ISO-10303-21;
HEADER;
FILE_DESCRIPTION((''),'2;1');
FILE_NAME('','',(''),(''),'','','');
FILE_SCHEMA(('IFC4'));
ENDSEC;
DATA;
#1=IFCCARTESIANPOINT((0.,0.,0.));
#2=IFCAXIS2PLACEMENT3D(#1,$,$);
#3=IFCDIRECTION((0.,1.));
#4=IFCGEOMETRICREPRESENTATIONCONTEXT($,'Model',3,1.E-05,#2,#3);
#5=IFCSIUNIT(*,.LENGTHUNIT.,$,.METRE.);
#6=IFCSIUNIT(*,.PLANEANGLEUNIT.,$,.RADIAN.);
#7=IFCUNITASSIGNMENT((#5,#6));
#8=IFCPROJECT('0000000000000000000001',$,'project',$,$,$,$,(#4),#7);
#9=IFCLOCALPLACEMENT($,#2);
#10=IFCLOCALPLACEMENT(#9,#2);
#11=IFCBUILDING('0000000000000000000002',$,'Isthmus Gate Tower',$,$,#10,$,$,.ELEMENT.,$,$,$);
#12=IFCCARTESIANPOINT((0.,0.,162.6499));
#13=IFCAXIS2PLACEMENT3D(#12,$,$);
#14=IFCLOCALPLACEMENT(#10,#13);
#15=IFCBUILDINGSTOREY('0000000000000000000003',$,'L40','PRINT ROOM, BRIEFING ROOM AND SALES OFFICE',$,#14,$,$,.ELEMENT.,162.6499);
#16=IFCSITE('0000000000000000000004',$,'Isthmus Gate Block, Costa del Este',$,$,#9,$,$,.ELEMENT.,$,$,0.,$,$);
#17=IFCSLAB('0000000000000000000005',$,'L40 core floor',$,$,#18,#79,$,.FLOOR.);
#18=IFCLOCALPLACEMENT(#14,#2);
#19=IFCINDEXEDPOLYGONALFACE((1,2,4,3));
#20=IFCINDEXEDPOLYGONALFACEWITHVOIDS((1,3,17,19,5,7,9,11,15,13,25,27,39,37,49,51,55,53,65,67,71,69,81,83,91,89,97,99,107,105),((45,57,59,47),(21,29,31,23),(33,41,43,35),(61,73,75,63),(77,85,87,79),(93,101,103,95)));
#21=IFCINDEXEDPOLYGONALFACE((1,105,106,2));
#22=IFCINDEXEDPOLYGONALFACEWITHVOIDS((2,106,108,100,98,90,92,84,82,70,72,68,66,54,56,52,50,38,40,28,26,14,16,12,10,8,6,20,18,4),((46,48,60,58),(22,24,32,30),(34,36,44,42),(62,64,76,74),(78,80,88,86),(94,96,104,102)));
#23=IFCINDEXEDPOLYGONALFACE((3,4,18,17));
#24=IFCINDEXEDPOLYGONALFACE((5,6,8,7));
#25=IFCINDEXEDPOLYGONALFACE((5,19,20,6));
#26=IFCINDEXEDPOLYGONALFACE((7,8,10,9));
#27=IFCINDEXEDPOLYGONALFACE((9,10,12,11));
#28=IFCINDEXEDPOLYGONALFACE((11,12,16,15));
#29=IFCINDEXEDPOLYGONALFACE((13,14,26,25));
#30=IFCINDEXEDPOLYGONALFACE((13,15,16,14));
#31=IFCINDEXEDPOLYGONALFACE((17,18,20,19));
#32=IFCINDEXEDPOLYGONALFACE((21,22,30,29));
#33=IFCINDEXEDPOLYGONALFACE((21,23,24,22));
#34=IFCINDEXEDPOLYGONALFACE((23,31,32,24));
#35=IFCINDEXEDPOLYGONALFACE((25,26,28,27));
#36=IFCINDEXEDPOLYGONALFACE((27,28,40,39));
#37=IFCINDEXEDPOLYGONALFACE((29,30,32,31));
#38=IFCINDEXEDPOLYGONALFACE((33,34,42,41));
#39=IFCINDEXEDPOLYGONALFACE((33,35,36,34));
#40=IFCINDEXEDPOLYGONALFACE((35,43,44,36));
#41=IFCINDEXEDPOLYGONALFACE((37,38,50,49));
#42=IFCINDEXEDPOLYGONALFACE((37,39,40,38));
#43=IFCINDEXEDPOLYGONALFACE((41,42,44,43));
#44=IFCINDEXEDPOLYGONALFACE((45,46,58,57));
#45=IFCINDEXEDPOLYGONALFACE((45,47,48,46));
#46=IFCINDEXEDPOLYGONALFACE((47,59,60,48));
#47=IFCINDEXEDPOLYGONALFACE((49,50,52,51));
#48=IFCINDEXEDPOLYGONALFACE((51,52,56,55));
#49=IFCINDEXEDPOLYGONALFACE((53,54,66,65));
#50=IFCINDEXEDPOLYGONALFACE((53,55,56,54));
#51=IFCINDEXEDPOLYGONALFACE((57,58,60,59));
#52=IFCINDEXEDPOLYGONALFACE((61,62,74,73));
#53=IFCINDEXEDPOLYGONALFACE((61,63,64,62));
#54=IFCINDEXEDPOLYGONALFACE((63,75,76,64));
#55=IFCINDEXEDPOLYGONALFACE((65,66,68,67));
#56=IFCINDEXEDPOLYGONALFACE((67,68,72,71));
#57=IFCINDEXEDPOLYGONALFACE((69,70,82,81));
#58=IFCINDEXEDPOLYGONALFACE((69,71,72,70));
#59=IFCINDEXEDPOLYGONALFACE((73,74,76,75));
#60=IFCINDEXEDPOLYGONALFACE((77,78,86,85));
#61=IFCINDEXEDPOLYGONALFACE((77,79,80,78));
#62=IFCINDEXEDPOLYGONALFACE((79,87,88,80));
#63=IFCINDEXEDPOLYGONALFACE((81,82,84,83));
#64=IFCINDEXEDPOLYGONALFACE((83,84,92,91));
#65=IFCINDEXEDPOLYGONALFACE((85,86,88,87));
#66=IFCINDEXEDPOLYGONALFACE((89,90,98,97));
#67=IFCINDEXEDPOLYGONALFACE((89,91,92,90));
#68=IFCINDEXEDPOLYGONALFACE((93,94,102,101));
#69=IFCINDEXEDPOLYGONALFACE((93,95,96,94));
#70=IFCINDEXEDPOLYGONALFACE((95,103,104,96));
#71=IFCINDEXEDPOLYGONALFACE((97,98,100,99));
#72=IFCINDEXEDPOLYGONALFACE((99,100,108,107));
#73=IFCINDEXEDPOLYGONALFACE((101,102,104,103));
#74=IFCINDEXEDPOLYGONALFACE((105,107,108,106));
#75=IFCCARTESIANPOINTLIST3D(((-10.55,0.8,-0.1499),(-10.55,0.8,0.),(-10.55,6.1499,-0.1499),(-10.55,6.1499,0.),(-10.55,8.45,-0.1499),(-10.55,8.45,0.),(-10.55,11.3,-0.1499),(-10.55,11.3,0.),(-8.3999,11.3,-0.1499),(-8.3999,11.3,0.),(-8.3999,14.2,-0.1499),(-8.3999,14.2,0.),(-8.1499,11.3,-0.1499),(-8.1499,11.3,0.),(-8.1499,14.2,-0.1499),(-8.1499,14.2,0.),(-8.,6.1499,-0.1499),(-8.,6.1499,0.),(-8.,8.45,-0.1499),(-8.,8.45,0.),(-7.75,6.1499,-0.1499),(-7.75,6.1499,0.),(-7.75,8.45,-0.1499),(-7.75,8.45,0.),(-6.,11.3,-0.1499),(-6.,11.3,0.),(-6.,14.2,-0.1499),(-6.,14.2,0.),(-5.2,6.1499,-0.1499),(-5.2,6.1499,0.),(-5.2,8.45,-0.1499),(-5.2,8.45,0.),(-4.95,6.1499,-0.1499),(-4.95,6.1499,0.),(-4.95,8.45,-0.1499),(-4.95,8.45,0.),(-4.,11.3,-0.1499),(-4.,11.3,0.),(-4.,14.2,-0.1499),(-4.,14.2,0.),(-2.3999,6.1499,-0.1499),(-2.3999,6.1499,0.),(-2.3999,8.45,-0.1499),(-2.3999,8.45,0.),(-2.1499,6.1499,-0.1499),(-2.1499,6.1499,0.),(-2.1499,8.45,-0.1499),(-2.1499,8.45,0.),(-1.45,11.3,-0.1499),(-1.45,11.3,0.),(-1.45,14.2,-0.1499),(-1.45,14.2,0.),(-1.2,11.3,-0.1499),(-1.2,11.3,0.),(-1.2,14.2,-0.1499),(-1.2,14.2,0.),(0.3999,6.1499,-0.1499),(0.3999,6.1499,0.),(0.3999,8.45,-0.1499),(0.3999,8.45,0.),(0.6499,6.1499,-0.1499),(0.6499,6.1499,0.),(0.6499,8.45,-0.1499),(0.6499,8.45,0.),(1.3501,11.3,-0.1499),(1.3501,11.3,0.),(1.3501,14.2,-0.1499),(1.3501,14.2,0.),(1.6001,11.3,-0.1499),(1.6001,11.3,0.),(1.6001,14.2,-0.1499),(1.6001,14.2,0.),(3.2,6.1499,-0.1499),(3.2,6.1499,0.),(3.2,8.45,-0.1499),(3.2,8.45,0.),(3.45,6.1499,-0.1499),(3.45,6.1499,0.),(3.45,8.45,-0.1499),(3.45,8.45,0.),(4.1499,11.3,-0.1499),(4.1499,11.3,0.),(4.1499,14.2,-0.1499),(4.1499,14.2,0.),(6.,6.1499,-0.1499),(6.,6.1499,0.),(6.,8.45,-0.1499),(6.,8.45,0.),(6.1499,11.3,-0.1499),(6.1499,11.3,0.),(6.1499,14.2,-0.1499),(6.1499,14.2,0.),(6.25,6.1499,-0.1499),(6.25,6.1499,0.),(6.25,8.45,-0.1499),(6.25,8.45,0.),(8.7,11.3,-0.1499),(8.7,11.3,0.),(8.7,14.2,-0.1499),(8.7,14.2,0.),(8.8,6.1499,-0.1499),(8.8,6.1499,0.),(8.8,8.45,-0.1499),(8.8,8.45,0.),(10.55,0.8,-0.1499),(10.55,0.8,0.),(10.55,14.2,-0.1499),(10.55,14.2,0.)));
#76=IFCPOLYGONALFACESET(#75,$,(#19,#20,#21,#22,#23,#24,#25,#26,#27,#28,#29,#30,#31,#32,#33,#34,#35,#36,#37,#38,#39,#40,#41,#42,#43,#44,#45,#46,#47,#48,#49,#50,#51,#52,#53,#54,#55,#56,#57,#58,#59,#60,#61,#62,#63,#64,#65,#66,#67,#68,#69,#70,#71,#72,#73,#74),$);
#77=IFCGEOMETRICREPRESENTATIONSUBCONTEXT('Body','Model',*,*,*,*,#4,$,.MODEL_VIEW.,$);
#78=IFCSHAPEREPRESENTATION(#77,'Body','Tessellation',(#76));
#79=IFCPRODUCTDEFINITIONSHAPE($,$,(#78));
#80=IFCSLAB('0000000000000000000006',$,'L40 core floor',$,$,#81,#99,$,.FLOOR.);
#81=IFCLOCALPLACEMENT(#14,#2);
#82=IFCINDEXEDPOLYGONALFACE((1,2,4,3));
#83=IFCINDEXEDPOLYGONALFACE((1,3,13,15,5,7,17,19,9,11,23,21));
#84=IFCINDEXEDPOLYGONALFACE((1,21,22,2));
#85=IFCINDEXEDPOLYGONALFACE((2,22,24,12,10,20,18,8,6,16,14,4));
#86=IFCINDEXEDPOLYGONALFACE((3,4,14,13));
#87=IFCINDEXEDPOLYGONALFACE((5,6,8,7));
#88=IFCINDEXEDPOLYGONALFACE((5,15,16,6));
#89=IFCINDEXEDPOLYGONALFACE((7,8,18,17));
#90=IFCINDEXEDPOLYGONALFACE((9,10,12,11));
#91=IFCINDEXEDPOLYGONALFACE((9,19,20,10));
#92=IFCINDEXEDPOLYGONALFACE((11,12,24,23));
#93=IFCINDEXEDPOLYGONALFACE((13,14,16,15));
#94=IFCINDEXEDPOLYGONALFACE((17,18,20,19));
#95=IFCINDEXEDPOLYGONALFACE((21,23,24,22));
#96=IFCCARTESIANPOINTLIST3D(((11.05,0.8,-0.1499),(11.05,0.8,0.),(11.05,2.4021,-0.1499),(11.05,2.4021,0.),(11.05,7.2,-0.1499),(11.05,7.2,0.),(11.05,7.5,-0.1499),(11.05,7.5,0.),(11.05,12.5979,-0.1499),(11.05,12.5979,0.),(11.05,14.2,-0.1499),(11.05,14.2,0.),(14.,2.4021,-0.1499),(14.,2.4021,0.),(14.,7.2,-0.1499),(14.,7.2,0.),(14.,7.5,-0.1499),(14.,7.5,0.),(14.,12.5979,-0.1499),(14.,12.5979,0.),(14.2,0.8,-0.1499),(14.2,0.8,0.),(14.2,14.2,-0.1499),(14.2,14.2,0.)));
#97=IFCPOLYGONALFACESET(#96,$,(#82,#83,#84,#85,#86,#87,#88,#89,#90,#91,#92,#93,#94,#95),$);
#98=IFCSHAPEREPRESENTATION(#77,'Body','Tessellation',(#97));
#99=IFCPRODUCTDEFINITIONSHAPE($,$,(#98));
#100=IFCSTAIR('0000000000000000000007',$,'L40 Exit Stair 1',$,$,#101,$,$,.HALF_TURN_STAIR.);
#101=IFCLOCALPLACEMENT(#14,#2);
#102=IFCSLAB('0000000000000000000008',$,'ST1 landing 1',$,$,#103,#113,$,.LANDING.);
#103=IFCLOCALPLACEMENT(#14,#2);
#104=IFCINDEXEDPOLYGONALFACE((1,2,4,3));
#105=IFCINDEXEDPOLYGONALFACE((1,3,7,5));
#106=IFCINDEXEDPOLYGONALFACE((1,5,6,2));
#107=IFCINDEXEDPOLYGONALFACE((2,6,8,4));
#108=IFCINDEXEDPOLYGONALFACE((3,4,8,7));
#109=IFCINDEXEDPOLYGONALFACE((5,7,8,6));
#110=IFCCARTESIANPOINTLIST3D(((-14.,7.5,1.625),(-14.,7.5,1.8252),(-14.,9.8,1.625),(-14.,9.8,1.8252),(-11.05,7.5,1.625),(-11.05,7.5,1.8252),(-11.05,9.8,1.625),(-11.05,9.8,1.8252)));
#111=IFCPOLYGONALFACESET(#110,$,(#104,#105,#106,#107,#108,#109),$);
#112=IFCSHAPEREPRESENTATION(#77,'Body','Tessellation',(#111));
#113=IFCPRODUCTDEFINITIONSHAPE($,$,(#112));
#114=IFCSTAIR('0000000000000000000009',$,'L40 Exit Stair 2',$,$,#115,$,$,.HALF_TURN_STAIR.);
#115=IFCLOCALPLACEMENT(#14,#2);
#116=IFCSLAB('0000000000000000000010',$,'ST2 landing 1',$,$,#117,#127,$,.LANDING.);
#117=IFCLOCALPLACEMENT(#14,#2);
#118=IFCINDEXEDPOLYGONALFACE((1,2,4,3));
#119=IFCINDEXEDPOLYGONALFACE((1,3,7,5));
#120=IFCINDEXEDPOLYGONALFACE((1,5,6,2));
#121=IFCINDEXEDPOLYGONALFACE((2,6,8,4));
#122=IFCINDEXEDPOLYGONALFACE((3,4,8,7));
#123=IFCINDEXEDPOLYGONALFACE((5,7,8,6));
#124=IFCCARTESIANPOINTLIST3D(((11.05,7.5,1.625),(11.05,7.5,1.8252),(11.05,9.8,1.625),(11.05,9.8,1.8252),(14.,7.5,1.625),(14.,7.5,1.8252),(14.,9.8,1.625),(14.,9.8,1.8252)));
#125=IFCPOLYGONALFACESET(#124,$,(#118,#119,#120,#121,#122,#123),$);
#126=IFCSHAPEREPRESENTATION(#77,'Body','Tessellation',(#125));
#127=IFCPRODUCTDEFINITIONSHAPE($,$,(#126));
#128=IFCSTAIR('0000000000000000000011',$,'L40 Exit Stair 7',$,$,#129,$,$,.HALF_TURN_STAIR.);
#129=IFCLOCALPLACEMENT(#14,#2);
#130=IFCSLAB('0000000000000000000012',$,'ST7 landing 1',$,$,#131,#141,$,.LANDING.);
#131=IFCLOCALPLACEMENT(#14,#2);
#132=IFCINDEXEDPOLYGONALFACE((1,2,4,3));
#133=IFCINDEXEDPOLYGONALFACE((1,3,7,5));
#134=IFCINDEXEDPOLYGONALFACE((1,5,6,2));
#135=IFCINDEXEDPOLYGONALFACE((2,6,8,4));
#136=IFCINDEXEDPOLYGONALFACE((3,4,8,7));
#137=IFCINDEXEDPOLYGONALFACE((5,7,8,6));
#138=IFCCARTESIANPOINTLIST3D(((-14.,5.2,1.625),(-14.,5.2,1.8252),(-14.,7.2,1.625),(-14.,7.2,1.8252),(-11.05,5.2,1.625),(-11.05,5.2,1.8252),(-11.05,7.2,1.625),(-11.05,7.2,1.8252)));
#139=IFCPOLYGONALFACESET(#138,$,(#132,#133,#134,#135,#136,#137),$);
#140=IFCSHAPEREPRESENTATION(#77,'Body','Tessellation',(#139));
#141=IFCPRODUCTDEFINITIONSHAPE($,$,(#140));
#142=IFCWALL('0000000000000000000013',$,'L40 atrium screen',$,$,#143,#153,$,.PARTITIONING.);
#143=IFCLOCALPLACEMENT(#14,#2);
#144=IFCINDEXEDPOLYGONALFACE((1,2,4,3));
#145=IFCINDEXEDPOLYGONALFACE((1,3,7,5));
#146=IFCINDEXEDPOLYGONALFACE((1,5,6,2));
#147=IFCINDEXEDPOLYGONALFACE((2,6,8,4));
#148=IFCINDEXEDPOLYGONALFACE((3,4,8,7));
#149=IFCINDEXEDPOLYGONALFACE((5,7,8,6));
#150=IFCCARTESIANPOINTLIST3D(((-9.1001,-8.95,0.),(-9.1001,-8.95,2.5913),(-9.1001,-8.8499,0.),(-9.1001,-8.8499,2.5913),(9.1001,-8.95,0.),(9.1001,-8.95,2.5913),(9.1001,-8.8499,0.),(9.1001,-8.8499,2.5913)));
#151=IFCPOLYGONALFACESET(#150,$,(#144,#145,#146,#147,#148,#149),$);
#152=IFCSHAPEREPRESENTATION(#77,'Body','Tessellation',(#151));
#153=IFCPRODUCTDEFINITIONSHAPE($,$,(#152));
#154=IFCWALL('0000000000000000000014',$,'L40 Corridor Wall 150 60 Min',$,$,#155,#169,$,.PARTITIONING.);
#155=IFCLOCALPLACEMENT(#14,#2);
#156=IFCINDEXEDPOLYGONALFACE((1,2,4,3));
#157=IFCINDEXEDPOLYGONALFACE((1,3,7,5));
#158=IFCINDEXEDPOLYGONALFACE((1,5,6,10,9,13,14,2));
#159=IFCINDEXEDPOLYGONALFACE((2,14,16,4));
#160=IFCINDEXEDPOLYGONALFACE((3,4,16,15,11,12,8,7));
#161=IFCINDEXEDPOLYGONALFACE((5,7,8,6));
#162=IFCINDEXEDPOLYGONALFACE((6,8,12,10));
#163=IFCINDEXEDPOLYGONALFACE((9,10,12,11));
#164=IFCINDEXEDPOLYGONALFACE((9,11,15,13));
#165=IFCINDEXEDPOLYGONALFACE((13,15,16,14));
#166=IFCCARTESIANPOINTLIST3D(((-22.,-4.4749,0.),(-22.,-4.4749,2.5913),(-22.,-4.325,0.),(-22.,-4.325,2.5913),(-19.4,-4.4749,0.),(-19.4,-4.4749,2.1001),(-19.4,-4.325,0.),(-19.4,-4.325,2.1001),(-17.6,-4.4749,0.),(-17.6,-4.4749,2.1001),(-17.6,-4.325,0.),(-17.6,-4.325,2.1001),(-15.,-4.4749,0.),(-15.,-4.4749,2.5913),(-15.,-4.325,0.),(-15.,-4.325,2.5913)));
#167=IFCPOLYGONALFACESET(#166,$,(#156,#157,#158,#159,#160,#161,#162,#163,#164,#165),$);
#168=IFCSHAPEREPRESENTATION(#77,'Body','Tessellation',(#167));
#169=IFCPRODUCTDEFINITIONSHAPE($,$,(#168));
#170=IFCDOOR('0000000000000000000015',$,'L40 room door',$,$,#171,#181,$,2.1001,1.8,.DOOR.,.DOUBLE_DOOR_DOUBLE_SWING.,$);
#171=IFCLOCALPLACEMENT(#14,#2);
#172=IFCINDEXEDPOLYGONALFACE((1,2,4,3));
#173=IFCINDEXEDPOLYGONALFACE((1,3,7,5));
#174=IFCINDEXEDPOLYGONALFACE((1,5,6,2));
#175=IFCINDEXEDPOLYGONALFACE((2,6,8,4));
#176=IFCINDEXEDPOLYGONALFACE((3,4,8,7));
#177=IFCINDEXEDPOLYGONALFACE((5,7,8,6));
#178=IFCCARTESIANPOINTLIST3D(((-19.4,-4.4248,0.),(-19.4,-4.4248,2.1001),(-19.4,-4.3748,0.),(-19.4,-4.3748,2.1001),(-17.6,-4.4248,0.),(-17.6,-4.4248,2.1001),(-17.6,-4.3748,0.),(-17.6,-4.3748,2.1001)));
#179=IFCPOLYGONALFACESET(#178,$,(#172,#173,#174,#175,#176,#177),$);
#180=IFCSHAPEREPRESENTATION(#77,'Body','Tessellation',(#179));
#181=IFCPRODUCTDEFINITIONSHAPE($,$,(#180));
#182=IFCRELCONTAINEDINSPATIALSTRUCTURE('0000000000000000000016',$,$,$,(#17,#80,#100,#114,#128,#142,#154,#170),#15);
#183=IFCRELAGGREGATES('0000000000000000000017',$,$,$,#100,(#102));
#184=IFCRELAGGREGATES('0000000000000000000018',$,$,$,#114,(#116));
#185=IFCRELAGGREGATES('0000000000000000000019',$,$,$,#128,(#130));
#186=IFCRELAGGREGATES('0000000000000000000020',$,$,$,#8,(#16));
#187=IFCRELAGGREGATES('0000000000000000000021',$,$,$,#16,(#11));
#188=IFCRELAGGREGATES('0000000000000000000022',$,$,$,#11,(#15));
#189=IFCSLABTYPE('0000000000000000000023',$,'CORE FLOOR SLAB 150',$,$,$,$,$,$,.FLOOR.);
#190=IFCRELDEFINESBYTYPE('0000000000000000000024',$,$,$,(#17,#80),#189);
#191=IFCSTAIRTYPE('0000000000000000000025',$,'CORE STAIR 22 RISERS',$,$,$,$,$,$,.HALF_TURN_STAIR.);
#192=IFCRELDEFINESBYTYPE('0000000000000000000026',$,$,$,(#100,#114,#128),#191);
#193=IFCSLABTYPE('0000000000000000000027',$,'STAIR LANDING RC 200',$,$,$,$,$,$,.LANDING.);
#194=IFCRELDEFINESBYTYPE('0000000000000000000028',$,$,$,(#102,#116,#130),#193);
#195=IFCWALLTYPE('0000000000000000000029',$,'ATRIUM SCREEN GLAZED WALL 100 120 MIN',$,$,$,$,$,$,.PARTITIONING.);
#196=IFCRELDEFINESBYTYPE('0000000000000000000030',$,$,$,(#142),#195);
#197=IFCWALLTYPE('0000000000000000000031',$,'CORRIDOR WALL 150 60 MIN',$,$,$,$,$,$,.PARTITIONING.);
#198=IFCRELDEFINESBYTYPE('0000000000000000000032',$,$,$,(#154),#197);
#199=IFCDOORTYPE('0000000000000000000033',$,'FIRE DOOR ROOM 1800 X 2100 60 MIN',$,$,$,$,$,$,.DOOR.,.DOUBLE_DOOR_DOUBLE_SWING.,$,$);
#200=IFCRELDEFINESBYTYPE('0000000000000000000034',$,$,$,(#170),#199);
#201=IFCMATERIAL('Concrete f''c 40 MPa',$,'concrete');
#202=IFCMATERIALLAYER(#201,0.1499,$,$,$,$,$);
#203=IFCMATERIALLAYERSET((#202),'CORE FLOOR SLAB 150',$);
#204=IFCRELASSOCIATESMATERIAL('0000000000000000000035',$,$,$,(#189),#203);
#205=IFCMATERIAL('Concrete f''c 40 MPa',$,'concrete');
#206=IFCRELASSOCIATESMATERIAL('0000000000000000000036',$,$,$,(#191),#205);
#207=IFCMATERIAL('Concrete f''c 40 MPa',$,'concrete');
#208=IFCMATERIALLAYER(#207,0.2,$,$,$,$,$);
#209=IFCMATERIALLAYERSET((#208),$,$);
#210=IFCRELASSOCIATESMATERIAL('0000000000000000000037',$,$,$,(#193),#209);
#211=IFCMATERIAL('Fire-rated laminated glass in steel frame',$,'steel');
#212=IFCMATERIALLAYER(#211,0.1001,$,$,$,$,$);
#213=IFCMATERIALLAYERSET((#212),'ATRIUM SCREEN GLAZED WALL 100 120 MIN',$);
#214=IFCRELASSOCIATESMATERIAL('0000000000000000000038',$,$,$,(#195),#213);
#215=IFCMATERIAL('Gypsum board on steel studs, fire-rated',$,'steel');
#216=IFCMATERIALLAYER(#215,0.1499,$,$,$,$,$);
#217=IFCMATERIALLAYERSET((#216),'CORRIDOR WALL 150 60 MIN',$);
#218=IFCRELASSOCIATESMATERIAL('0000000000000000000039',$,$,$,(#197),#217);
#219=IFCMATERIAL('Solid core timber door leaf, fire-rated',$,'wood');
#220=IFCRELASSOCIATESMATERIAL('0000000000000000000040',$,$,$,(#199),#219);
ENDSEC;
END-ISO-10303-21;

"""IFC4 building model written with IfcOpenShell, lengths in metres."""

from ifc_helpers import new_model, si_unit, direction, frame, frame_2d, origin, place, context, subcontext, project, spatial, polyline, rectangle, outline, extrude, material, layer, layer_set, type_object, element, fill, aggregate, save


model = new_model("IFC4")

# Units and contexts
model_context = context("Model", 3, precision=1e-05, world=origin(), true_north=direction((0.0, 1.0)))
body_context = subcontext(model_context, "Body", "Model", "MODEL_VIEW")
ifc_project = project(units=[si_unit("LENGTHUNIT", "METRE"), si_unit("PLANEANGLEUNIT", "RADIAN")], contexts=[model_context])

# Site, building, storey
site_placement = place(None, origin())
site = spatial("IfcSite", under=ifc_project, at=site_placement, Name="Isthmus Gate Block, Costa del Este", CompositionType="ELEMENT", RefElevation=0.0)
building_placement = place(site_placement, origin())
building = spatial("IfcBuilding", under=site, at=building_placement, Name="Isthmus Gate Tower", CompositionType="ELEMENT")
storey_placement = place(building_placement, frame((0.0, 0.0, 162.6499)))
storey = spatial("IfcBuildingStorey", under=building, at=storey_placement, Name="L40", Description="PRINT ROOM, BRIEFING ROOM AND SALES OFFICE", CompositionType="ELEMENT", Elevation=162.6499)

# Slabs
ifc_material_1 = material(Name="Concrete f'c 40 MPa", Category="concrete")
ifc_layer_1 = layer(ifc_material_1, 0.1499)
ifc_layer_set_1 = layer_set([ifc_layer_1], Name="CORE FLOOR SLAB 150")
slab_type_1 = type_object("IfcSlabType", Name="CORE FLOOR SLAB 150", PredefinedType="FLOOR", material=ifc_layer_set_1)
slab_1_placement = place(storey_placement, frame((0.0, 0.0, -0.1499)))
element("IfcSlab", 1, at=slab_1_placement, inside=storey, type_object=slab_type_1, Name="L40 core floor", PredefinedType="FLOOR", context=body_context, shape_type="SweptSolid", body=[
    extrude(outline(polyline([(10.55, 14.2), (8.7, 14.2), (8.7, 11.3), (6.1499, 11.3), (6.1499, 14.2), (4.1499, 14.2), (4.1499, 11.3), (1.6001, 11.3), (1.6001, 14.2), (1.3501, 14.2), (1.3501, 11.3), (-1.2, 11.3), (-1.2, 14.2), (-1.45, 14.2), (-1.45, 11.3), (-4.0, 11.3), (-4.0, 14.2), (-6.0, 14.2), (-6.0, 11.3), (-8.1499, 11.3), (-8.1499, 14.2), (-8.3999, 14.2), (-8.3999, 11.3), (-10.55, 11.3), (-10.55, 8.45), (-8.0, 8.45), (-8.0, 6.1499), (-10.55, 6.1499), (-10.55, 0.8), (10.55, 0.8), (10.55, 14.2)]), holes=[polyline([(-5.2, 8.45), (-5.2, 6.1499), (-7.75, 6.1499), (-7.75, 8.45), (-5.2, 8.45)]), polyline([(-2.3999, 8.45), (-2.3999, 6.1499), (-4.95, 6.1499), (-4.95, 8.45), (-2.3999, 8.45)]), polyline([(0.3999, 8.45), (0.3999, 6.1499), (-2.1499, 6.1499), (-2.1499, 8.45), (0.3999, 8.45)]), polyline([(3.2, 8.45), (3.2, 6.1499), (0.6499, 6.1499), (0.6499, 8.45), (3.2, 8.45)]), polyline([(6.0, 8.45), (6.0, 6.1499), (3.45, 6.1499), (3.45, 8.45), (6.0, 8.45)]), polyline([(8.8, 8.45), (8.8, 6.1499), (6.25, 6.1499), (6.25, 8.45), (8.8, 8.45)])]), origin(), (0.0, 0.0, 1.0), 0.1499),
])
slab_2_placement = place(storey_placement, frame((0.0, 0.0, -0.1499)))
element("IfcSlab", 2, at=slab_2_placement, inside=storey, type_object=slab_type_1, Name="L40 core floor", PredefinedType="FLOOR", context=body_context, shape_type="SweptSolid", body=[
    extrude(outline(polyline([(11.05, 14.2), (11.05, 12.5979), (14.0, 12.5979), (14.0, 7.5), (11.05, 7.5), (11.05, 7.2), (14.0, 7.2), (14.0, 2.4021), (11.05, 2.4021), (11.05, 0.8), (14.2, 0.8), (14.2, 14.2), (11.05, 14.2)])), origin(), (0.0, 0.0, 1.0), 0.1499),
])

# Stairs, slabs
ifc_material_2 = material(Name="Concrete f'c 40 MPa", Category="concrete")
stair_type = type_object("IfcStairType", Name="CORE STAIR 22 RISERS", PredefinedType="HALF_TURN_STAIR", material=ifc_material_2)
stair_1_placement = place(storey_placement, origin())
stair_1 = element("IfcStair", 3, at=stair_1_placement, inside=storey, type_object=stair_type, Name="L40 Exit Stair 1", PredefinedType="HALF_TURN_STAIR")
ifc_material_3 = material(Name="Concrete f'c 40 MPa", Category="concrete")
ifc_layer_2 = layer(ifc_material_3, 0.2)
ifc_layer_set_2 = layer_set([ifc_layer_2])
slab_type_2 = type_object("IfcSlabType", Name="STAIR LANDING RC 200", PredefinedType="LANDING", material=ifc_layer_set_2)
slab_3_placement = place(storey_placement, frame((0.0, 0.0, 1.625)))
slab_3 = element("IfcSlab", 4, at=slab_3_placement, type_object=slab_type_2, Name="ST1 landing 1", PredefinedType="LANDING", context=body_context, shape_type="SweptSolid", body=[
    extrude(outline(polyline([(-14.0, 9.8), (-14.0, 7.5), (-11.05, 7.5), (-11.05, 9.8), (-14.0, 9.8)])), origin(), (0.0, 0.0, 1.0), 0.2002),
])
aggregate(stair_1, [slab_3])
stair_2_placement = place(storey_placement, origin())
stair_2 = element("IfcStair", 5, at=stair_2_placement, inside=storey, type_object=stair_type, Name="L40 Exit Stair 2", PredefinedType="HALF_TURN_STAIR")
slab_4_placement = place(storey_placement, frame((0.0, 0.0, 1.625)))
slab_4 = element("IfcSlab", 6, at=slab_4_placement, type_object=slab_type_2, Name="ST2 landing 1", PredefinedType="LANDING", context=body_context, shape_type="SweptSolid", body=[
    extrude(outline(polyline([(11.05, 9.8), (11.05, 7.5), (14.0, 7.5), (14.0, 9.8), (11.05, 9.8)])), origin(), (0.0, 0.0, 1.0), 0.2002),
])
aggregate(stair_2, [slab_4])
stair_3_placement = place(storey_placement, origin())
stair_3 = element("IfcStair", 7, at=stair_3_placement, inside=storey, type_object=stair_type, Name="L40 Exit Stair 7", PredefinedType="HALF_TURN_STAIR")
slab_5_placement = place(storey_placement, frame((0.0, 0.0, 1.625)))
slab_5 = element("IfcSlab", 8, at=slab_5_placement, type_object=slab_type_2, Name="ST7 landing 1", PredefinedType="LANDING", context=body_context, shape_type="SweptSolid", body=[
    extrude(outline(polyline([(-11.05, 5.2), (-11.05, 7.2), (-14.0, 7.2), (-14.0, 5.2), (-11.05, 5.2)])), origin(), (0.0, 0.0, 1.0), 0.2002),
])
aggregate(stair_3, [slab_5])

# Wall
ifc_material_4 = material(Name="Fire-rated laminated glass in steel frame", Category="steel")
ifc_layer_3 = layer(ifc_material_4, 0.1001)
ifc_layer_set_3 = layer_set([ifc_layer_3], Name="ATRIUM SCREEN GLAZED WALL 100 120 MIN")
wall_type_1 = type_object("IfcWallType", Name="ATRIUM SCREEN GLAZED WALL 100 120 MIN", PredefinedType="PARTITIONING", material=ifc_layer_set_3)
wall_1_placement = place(storey_placement, frame((-9.1001, -8.8999, 0.0), z_axis=(0.0, 0.0, 1.0), x_axis=(1.0, 0.0, 0.0)))
element("IfcWall", 9, at=wall_1_placement, inside=storey, type_object=wall_type_1, Name="L40 atrium screen", PredefinedType="PARTITIONING", context=body_context, shape_type="SweptSolid", body=[
    extrude(rectangle(XDim=18.2002, YDim=0.1001, at=frame_2d((9.1001, 0.0))), origin(), (0.0, 0.0, 1.0), 2.5913),
])

# Wall, opening, door
ifc_material_5 = material(Name="Gypsum board on steel studs, fire-rated", Category="steel")
ifc_layer_4 = layer(ifc_material_5, 0.1499)
ifc_layer_set_4 = layer_set([ifc_layer_4], Name="CORRIDOR WALL 150 60 MIN")
wall_type_2 = type_object("IfcWallType", Name="CORRIDOR WALL 150 60 MIN", PredefinedType="PARTITIONING", material=ifc_layer_set_4)
wall_2_placement = place(storey_placement, frame((-15.0, -4.3999, 0.0), z_axis=(0.0, 0.0, 1.0), x_axis=(-1.0, 0.0, 0.0)))
wall_2 = element("IfcWall", 10, at=wall_2_placement, inside=storey, type_object=wall_type_2, Name="L40 Corridor Wall 150 60 Min", PredefinedType="PARTITIONING", context=body_context, shape_type="SweptSolid", body=[
    extrude(rectangle(XDim=7.0, YDim=0.1499, at=frame_2d((3.5, 0.0))), origin(), (0.0, 0.0, 1.0), 2.5913),
])
opening_1_placement = place(wall_2_placement, frame((2.6001, 0.0, 0.0)))
opening_1 = element("IfcOpeningElement", 11, at=opening_1_placement, cuts=wall_2, PredefinedType="OPENING", context=body_context, shape_type="SweptSolid", body=[
    extrude(rectangle(XDim=1.8, YDim=2.1001, at=frame_2d((0.8999, 1.05))), frame((0.0, 0.085, 0.0), z_axis=(0.0, -1.0, 0.0), x_axis=(1.0, 0.0, 0.0)), (0.0, 0.0, 1.0), 0.1699),
])
ifc_material_6 = material(Name="Solid core timber door leaf, fire-rated", Category="wood")
door_type_1 = type_object("IfcDoorType", Name="FIRE DOOR ROOM 1800 X 2100 60 MIN", OperationType="DOUBLE_DOOR_DOUBLE_SWING", PredefinedType="DOOR", material=ifc_material_6)
door_1_placement = place(opening_1_placement, origin())
door_1 = element("IfcDoor", 12, at=door_1_placement, inside=storey, type_object=door_type_1, Name="L40 room door", OperationType="DOUBLE_DOOR_DOUBLE_SWING", OverallHeight=2.1001, OverallWidth=1.8, PredefinedType="DOOR", context=body_context, shape_type="SweptSolid", body=[
    extrude(rectangle(XDim=1.8, YDim=2.1001, at=frame_2d((0.8999, 1.05))), frame((0.0, 0.0249, 0.0), z_axis=(0.0, -1.0, 0.0), x_axis=(1.0, 0.0, 0.0)), (0.0, 0.0, 1.0), 0.05),
])
fill(opening_1, door_1)

save(model, "model.ifc")
